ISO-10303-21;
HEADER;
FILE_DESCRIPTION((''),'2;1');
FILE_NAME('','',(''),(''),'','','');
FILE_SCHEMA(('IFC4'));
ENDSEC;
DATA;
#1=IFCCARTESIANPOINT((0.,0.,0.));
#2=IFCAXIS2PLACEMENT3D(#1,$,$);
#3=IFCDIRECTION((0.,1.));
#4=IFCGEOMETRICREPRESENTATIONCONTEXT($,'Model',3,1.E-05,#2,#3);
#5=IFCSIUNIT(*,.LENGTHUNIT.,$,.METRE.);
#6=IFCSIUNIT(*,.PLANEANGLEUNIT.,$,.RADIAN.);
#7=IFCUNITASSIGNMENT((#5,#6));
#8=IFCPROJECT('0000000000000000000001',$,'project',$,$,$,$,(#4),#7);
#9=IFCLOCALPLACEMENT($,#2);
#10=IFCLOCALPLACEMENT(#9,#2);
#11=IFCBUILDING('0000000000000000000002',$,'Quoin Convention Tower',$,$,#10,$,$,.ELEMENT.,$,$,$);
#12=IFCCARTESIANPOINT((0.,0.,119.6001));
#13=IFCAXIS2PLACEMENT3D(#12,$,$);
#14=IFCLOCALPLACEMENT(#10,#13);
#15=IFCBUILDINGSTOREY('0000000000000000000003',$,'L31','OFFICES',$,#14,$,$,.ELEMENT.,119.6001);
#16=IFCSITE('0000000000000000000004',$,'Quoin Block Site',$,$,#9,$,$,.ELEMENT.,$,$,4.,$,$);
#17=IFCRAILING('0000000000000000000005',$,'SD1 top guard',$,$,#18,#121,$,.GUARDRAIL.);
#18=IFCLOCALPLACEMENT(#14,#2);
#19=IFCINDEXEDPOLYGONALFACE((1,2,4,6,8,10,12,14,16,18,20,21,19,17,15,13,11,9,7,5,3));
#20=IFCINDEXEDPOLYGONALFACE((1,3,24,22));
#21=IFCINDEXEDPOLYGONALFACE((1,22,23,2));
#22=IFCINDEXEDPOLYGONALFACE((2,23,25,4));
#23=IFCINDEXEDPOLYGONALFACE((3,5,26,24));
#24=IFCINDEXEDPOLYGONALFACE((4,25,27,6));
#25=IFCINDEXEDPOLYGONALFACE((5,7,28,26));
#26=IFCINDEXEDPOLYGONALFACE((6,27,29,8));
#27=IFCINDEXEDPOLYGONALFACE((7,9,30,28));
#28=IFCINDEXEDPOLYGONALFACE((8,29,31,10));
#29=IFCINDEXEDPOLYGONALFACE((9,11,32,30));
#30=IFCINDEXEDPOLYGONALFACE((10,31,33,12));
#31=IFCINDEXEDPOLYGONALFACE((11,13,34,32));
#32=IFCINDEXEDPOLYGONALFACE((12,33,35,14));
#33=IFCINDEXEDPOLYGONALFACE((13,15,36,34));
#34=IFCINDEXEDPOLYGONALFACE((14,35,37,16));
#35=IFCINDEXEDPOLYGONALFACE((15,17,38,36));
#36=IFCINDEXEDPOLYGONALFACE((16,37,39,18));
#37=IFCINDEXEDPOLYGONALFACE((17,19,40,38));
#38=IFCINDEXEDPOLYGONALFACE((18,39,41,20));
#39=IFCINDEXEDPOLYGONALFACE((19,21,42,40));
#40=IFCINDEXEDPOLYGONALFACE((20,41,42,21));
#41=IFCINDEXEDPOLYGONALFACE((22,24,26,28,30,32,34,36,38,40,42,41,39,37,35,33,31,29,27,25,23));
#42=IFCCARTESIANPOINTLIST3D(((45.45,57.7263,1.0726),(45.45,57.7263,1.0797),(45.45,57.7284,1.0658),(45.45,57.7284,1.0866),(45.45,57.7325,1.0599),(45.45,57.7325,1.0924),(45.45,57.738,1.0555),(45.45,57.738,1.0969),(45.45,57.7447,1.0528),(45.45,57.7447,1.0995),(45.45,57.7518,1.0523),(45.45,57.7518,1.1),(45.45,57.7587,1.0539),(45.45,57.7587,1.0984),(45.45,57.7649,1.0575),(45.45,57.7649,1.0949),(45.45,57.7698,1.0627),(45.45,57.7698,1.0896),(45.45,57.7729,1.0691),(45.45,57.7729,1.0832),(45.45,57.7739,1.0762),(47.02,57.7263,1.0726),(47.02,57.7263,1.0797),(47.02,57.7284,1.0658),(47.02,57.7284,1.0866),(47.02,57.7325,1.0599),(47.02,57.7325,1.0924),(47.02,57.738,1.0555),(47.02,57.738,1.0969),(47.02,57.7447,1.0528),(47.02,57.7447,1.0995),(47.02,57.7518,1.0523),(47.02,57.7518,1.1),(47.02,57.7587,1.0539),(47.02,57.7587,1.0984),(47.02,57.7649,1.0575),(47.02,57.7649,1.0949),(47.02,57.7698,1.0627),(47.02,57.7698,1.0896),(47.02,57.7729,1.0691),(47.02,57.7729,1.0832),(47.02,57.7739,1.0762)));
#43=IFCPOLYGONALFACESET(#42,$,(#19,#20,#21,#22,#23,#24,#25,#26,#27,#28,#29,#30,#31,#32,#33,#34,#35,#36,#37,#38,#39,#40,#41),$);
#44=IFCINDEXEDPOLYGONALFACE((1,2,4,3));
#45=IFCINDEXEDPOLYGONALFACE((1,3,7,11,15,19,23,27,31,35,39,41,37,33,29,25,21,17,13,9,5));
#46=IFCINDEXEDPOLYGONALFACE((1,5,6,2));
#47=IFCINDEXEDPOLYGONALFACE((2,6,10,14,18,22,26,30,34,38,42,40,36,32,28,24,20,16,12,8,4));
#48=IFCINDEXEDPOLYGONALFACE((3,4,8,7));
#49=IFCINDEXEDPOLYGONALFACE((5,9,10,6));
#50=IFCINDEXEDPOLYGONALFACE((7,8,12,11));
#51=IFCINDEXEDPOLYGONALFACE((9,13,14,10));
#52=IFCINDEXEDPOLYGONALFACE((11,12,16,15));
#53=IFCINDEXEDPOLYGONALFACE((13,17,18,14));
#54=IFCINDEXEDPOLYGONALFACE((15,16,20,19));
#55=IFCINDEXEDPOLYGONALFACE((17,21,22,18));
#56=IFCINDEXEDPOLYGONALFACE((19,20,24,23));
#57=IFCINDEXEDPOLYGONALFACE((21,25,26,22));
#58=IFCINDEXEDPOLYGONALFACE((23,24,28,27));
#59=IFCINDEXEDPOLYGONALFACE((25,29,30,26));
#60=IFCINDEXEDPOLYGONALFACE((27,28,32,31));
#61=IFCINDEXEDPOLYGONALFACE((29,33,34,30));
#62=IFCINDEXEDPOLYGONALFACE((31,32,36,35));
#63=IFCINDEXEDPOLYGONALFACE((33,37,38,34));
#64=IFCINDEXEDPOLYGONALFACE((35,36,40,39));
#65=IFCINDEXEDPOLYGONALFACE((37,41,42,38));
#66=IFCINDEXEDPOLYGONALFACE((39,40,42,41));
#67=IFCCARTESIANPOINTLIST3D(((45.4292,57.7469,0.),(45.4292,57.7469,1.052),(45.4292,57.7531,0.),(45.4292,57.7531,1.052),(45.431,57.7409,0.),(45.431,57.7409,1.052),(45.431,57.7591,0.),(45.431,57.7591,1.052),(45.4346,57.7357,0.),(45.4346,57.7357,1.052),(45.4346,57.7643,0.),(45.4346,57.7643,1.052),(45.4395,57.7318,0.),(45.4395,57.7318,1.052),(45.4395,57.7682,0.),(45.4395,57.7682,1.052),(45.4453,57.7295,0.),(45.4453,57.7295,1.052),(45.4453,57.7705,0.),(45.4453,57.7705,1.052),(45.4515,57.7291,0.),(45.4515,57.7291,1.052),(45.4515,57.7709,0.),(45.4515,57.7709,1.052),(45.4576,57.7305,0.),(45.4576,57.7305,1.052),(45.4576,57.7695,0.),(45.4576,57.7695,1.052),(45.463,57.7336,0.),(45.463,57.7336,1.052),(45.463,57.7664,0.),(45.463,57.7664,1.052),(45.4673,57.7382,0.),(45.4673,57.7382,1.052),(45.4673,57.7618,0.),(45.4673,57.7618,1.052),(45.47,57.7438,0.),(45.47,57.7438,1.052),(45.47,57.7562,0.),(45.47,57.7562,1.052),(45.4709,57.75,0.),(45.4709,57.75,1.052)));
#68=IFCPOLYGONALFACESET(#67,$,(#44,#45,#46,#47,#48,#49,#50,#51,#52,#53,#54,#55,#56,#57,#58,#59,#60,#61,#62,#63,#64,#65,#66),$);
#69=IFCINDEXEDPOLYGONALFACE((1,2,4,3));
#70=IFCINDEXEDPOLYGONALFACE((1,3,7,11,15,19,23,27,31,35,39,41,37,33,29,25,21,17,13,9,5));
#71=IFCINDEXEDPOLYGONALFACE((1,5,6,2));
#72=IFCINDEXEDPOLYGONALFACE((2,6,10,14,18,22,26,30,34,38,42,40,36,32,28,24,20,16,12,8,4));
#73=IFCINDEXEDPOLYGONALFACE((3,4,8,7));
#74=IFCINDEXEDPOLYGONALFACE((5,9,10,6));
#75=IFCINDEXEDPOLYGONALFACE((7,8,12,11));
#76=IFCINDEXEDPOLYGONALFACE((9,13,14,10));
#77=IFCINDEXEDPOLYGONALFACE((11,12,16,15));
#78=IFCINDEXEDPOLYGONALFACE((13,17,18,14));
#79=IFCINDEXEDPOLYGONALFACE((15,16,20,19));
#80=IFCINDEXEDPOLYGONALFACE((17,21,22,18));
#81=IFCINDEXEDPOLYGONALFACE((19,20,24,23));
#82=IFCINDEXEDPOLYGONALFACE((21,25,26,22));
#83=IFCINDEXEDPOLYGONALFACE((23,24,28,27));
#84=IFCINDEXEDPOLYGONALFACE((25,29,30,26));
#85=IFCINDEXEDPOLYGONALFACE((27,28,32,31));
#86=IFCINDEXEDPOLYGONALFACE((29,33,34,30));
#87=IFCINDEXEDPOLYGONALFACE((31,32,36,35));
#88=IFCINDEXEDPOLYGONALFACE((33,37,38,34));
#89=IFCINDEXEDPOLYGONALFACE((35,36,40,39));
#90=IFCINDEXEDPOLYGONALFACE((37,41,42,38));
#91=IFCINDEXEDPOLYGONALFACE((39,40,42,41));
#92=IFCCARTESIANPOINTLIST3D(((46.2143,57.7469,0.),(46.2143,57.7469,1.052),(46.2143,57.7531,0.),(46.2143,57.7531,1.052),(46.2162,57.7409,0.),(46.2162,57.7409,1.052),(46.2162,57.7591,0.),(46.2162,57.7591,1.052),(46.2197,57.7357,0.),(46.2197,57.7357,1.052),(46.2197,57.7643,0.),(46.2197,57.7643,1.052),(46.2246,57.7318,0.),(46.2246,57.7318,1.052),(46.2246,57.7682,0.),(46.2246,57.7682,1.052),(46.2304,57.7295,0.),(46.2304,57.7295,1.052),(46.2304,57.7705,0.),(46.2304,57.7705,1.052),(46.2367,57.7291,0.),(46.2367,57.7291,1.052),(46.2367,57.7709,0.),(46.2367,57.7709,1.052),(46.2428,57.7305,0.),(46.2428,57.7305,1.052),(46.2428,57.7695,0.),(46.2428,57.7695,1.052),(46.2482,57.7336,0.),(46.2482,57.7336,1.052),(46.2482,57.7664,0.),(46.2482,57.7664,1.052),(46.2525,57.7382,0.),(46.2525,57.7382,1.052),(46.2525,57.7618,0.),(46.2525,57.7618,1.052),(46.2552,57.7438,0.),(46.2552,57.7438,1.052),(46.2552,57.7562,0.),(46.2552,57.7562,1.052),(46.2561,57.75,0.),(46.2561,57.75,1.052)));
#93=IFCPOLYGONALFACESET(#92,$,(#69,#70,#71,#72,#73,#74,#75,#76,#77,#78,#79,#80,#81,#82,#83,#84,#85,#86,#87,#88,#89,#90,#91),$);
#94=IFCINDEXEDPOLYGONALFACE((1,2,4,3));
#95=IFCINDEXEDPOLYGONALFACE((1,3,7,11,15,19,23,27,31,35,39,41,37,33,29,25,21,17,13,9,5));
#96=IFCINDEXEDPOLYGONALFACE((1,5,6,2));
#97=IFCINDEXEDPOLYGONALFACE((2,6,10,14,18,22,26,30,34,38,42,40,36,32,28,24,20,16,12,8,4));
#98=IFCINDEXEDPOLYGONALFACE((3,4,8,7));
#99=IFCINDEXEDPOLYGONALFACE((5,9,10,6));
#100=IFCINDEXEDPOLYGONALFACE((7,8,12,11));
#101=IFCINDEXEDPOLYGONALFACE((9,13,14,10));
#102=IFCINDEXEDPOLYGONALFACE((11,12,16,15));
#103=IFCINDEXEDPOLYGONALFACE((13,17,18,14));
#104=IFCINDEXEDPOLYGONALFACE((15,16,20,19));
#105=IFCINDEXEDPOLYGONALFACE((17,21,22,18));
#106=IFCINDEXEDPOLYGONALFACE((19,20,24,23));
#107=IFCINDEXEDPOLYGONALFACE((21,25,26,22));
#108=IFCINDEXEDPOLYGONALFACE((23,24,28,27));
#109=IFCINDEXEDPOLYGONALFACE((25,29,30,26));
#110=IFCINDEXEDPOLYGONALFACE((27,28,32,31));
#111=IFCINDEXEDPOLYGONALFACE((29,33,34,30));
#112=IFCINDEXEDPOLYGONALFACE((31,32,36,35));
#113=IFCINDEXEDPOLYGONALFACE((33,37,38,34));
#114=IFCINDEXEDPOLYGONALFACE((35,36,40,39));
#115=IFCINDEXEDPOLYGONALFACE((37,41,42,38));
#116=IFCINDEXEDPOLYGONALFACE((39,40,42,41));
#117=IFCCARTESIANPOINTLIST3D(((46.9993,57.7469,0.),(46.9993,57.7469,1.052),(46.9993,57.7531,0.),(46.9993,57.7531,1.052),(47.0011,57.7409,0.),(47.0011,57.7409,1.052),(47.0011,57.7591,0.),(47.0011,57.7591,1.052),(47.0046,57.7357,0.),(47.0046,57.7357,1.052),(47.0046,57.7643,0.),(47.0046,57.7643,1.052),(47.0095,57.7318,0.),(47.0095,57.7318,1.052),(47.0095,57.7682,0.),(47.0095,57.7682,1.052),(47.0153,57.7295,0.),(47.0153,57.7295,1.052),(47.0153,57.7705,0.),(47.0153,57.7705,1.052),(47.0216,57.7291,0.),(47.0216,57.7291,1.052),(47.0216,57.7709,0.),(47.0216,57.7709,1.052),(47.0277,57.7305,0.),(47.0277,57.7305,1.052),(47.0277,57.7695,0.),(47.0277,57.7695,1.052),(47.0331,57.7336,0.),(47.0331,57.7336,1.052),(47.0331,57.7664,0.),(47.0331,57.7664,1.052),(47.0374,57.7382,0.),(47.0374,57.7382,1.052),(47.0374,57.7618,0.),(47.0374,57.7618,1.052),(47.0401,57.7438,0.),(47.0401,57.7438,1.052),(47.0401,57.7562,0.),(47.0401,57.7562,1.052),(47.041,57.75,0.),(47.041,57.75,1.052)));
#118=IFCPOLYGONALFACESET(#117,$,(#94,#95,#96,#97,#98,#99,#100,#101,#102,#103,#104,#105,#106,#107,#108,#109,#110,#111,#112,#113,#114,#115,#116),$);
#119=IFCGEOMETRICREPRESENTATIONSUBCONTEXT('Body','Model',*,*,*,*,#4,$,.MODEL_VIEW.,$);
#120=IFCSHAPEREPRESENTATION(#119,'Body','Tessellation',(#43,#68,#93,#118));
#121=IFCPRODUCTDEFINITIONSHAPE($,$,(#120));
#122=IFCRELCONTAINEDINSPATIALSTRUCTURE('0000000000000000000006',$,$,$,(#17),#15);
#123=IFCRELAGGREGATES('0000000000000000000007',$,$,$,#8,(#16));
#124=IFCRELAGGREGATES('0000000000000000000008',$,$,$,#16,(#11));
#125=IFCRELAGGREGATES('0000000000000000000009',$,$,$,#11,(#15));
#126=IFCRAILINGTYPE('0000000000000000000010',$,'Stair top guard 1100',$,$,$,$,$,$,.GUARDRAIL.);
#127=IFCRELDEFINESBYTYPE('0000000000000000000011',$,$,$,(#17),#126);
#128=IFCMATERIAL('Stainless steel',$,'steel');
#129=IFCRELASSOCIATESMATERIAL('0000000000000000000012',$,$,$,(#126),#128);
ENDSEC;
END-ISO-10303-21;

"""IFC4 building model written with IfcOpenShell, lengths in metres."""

from ifc_helpers import new_model, si_unit, direction, frame, origin, origin_2d, place, context, subcontext, project, spatial, circle, extrude, material, type_object, element, save


model = new_model("IFC4")

# Units and contexts
model_context = context("Model", 3, precision=1e-05, world=origin(), true_north=direction((0.0, 1.0)))
body_context = subcontext(model_context, "Body", "Model", "MODEL_VIEW")
ifc_project = project(units=[si_unit("LENGTHUNIT", "METRE"), si_unit("PLANEANGLEUNIT", "RADIAN")], contexts=[model_context])

# Site, building, storey
site_placement = place(None, origin())
site = spatial("IfcSite", under=ifc_project, at=site_placement, Name="Quoin Block Site", CompositionType="ELEMENT", RefElevation=4.0)
building_placement = place(site_placement, origin())
building = spatial("IfcBuilding", under=site, at=building_placement, Name="Quoin Convention Tower", CompositionType="ELEMENT")
storey_placement = place(building_placement, frame((0.0, 0.0, 119.6001)))
storey = spatial("IfcBuildingStorey", under=building, at=storey_placement, Name="L31", Description="OFFICES", CompositionType="ELEMENT", Elevation=119.6001)

# Railing
ifc_material_1 = material(Name="Stainless steel", Category="steel")
railing_type_1 = type_object("IfcRailingType", Name="Stair top guard 1100", PredefinedType="GUARDRAIL", material=ifc_material_1)
railing_1_placement = place(storey_placement, frame((45.45, 57.75, 0.0)))
element("IfcRailing", 1, at=railing_1_placement, inside=storey, type_object=railing_type_1, Name="SD1 top guard", PredefinedType="GUARDRAIL", context=body_context, shape_type="SweptSolid", body=[
    extrude(circle(Radius=0.0239, at=origin_2d()), frame((0.0, 0.0, 1.0762), z_axis=(1.0, 0.0, 0.0), x_axis=(0.0, 1.0, 0.0)), (0.0, 0.0, 1.0), 1.5701),
    extrude(circle(Radius=0.021, at=origin_2d()), origin(), (0.0, 0.0, 1.0), 1.052),
    extrude(circle(Radius=0.021, at=origin_2d()), frame((0.7852, 0.0, 0.0)), (0.0, 0.0, 1.0), 1.052),
    extrude(circle(Radius=0.021, at=origin_2d()), frame((1.5701, 0.0, 0.0)), (0.0, 0.0, 1.0), 1.052),
])

save(model, "model.ifc")
